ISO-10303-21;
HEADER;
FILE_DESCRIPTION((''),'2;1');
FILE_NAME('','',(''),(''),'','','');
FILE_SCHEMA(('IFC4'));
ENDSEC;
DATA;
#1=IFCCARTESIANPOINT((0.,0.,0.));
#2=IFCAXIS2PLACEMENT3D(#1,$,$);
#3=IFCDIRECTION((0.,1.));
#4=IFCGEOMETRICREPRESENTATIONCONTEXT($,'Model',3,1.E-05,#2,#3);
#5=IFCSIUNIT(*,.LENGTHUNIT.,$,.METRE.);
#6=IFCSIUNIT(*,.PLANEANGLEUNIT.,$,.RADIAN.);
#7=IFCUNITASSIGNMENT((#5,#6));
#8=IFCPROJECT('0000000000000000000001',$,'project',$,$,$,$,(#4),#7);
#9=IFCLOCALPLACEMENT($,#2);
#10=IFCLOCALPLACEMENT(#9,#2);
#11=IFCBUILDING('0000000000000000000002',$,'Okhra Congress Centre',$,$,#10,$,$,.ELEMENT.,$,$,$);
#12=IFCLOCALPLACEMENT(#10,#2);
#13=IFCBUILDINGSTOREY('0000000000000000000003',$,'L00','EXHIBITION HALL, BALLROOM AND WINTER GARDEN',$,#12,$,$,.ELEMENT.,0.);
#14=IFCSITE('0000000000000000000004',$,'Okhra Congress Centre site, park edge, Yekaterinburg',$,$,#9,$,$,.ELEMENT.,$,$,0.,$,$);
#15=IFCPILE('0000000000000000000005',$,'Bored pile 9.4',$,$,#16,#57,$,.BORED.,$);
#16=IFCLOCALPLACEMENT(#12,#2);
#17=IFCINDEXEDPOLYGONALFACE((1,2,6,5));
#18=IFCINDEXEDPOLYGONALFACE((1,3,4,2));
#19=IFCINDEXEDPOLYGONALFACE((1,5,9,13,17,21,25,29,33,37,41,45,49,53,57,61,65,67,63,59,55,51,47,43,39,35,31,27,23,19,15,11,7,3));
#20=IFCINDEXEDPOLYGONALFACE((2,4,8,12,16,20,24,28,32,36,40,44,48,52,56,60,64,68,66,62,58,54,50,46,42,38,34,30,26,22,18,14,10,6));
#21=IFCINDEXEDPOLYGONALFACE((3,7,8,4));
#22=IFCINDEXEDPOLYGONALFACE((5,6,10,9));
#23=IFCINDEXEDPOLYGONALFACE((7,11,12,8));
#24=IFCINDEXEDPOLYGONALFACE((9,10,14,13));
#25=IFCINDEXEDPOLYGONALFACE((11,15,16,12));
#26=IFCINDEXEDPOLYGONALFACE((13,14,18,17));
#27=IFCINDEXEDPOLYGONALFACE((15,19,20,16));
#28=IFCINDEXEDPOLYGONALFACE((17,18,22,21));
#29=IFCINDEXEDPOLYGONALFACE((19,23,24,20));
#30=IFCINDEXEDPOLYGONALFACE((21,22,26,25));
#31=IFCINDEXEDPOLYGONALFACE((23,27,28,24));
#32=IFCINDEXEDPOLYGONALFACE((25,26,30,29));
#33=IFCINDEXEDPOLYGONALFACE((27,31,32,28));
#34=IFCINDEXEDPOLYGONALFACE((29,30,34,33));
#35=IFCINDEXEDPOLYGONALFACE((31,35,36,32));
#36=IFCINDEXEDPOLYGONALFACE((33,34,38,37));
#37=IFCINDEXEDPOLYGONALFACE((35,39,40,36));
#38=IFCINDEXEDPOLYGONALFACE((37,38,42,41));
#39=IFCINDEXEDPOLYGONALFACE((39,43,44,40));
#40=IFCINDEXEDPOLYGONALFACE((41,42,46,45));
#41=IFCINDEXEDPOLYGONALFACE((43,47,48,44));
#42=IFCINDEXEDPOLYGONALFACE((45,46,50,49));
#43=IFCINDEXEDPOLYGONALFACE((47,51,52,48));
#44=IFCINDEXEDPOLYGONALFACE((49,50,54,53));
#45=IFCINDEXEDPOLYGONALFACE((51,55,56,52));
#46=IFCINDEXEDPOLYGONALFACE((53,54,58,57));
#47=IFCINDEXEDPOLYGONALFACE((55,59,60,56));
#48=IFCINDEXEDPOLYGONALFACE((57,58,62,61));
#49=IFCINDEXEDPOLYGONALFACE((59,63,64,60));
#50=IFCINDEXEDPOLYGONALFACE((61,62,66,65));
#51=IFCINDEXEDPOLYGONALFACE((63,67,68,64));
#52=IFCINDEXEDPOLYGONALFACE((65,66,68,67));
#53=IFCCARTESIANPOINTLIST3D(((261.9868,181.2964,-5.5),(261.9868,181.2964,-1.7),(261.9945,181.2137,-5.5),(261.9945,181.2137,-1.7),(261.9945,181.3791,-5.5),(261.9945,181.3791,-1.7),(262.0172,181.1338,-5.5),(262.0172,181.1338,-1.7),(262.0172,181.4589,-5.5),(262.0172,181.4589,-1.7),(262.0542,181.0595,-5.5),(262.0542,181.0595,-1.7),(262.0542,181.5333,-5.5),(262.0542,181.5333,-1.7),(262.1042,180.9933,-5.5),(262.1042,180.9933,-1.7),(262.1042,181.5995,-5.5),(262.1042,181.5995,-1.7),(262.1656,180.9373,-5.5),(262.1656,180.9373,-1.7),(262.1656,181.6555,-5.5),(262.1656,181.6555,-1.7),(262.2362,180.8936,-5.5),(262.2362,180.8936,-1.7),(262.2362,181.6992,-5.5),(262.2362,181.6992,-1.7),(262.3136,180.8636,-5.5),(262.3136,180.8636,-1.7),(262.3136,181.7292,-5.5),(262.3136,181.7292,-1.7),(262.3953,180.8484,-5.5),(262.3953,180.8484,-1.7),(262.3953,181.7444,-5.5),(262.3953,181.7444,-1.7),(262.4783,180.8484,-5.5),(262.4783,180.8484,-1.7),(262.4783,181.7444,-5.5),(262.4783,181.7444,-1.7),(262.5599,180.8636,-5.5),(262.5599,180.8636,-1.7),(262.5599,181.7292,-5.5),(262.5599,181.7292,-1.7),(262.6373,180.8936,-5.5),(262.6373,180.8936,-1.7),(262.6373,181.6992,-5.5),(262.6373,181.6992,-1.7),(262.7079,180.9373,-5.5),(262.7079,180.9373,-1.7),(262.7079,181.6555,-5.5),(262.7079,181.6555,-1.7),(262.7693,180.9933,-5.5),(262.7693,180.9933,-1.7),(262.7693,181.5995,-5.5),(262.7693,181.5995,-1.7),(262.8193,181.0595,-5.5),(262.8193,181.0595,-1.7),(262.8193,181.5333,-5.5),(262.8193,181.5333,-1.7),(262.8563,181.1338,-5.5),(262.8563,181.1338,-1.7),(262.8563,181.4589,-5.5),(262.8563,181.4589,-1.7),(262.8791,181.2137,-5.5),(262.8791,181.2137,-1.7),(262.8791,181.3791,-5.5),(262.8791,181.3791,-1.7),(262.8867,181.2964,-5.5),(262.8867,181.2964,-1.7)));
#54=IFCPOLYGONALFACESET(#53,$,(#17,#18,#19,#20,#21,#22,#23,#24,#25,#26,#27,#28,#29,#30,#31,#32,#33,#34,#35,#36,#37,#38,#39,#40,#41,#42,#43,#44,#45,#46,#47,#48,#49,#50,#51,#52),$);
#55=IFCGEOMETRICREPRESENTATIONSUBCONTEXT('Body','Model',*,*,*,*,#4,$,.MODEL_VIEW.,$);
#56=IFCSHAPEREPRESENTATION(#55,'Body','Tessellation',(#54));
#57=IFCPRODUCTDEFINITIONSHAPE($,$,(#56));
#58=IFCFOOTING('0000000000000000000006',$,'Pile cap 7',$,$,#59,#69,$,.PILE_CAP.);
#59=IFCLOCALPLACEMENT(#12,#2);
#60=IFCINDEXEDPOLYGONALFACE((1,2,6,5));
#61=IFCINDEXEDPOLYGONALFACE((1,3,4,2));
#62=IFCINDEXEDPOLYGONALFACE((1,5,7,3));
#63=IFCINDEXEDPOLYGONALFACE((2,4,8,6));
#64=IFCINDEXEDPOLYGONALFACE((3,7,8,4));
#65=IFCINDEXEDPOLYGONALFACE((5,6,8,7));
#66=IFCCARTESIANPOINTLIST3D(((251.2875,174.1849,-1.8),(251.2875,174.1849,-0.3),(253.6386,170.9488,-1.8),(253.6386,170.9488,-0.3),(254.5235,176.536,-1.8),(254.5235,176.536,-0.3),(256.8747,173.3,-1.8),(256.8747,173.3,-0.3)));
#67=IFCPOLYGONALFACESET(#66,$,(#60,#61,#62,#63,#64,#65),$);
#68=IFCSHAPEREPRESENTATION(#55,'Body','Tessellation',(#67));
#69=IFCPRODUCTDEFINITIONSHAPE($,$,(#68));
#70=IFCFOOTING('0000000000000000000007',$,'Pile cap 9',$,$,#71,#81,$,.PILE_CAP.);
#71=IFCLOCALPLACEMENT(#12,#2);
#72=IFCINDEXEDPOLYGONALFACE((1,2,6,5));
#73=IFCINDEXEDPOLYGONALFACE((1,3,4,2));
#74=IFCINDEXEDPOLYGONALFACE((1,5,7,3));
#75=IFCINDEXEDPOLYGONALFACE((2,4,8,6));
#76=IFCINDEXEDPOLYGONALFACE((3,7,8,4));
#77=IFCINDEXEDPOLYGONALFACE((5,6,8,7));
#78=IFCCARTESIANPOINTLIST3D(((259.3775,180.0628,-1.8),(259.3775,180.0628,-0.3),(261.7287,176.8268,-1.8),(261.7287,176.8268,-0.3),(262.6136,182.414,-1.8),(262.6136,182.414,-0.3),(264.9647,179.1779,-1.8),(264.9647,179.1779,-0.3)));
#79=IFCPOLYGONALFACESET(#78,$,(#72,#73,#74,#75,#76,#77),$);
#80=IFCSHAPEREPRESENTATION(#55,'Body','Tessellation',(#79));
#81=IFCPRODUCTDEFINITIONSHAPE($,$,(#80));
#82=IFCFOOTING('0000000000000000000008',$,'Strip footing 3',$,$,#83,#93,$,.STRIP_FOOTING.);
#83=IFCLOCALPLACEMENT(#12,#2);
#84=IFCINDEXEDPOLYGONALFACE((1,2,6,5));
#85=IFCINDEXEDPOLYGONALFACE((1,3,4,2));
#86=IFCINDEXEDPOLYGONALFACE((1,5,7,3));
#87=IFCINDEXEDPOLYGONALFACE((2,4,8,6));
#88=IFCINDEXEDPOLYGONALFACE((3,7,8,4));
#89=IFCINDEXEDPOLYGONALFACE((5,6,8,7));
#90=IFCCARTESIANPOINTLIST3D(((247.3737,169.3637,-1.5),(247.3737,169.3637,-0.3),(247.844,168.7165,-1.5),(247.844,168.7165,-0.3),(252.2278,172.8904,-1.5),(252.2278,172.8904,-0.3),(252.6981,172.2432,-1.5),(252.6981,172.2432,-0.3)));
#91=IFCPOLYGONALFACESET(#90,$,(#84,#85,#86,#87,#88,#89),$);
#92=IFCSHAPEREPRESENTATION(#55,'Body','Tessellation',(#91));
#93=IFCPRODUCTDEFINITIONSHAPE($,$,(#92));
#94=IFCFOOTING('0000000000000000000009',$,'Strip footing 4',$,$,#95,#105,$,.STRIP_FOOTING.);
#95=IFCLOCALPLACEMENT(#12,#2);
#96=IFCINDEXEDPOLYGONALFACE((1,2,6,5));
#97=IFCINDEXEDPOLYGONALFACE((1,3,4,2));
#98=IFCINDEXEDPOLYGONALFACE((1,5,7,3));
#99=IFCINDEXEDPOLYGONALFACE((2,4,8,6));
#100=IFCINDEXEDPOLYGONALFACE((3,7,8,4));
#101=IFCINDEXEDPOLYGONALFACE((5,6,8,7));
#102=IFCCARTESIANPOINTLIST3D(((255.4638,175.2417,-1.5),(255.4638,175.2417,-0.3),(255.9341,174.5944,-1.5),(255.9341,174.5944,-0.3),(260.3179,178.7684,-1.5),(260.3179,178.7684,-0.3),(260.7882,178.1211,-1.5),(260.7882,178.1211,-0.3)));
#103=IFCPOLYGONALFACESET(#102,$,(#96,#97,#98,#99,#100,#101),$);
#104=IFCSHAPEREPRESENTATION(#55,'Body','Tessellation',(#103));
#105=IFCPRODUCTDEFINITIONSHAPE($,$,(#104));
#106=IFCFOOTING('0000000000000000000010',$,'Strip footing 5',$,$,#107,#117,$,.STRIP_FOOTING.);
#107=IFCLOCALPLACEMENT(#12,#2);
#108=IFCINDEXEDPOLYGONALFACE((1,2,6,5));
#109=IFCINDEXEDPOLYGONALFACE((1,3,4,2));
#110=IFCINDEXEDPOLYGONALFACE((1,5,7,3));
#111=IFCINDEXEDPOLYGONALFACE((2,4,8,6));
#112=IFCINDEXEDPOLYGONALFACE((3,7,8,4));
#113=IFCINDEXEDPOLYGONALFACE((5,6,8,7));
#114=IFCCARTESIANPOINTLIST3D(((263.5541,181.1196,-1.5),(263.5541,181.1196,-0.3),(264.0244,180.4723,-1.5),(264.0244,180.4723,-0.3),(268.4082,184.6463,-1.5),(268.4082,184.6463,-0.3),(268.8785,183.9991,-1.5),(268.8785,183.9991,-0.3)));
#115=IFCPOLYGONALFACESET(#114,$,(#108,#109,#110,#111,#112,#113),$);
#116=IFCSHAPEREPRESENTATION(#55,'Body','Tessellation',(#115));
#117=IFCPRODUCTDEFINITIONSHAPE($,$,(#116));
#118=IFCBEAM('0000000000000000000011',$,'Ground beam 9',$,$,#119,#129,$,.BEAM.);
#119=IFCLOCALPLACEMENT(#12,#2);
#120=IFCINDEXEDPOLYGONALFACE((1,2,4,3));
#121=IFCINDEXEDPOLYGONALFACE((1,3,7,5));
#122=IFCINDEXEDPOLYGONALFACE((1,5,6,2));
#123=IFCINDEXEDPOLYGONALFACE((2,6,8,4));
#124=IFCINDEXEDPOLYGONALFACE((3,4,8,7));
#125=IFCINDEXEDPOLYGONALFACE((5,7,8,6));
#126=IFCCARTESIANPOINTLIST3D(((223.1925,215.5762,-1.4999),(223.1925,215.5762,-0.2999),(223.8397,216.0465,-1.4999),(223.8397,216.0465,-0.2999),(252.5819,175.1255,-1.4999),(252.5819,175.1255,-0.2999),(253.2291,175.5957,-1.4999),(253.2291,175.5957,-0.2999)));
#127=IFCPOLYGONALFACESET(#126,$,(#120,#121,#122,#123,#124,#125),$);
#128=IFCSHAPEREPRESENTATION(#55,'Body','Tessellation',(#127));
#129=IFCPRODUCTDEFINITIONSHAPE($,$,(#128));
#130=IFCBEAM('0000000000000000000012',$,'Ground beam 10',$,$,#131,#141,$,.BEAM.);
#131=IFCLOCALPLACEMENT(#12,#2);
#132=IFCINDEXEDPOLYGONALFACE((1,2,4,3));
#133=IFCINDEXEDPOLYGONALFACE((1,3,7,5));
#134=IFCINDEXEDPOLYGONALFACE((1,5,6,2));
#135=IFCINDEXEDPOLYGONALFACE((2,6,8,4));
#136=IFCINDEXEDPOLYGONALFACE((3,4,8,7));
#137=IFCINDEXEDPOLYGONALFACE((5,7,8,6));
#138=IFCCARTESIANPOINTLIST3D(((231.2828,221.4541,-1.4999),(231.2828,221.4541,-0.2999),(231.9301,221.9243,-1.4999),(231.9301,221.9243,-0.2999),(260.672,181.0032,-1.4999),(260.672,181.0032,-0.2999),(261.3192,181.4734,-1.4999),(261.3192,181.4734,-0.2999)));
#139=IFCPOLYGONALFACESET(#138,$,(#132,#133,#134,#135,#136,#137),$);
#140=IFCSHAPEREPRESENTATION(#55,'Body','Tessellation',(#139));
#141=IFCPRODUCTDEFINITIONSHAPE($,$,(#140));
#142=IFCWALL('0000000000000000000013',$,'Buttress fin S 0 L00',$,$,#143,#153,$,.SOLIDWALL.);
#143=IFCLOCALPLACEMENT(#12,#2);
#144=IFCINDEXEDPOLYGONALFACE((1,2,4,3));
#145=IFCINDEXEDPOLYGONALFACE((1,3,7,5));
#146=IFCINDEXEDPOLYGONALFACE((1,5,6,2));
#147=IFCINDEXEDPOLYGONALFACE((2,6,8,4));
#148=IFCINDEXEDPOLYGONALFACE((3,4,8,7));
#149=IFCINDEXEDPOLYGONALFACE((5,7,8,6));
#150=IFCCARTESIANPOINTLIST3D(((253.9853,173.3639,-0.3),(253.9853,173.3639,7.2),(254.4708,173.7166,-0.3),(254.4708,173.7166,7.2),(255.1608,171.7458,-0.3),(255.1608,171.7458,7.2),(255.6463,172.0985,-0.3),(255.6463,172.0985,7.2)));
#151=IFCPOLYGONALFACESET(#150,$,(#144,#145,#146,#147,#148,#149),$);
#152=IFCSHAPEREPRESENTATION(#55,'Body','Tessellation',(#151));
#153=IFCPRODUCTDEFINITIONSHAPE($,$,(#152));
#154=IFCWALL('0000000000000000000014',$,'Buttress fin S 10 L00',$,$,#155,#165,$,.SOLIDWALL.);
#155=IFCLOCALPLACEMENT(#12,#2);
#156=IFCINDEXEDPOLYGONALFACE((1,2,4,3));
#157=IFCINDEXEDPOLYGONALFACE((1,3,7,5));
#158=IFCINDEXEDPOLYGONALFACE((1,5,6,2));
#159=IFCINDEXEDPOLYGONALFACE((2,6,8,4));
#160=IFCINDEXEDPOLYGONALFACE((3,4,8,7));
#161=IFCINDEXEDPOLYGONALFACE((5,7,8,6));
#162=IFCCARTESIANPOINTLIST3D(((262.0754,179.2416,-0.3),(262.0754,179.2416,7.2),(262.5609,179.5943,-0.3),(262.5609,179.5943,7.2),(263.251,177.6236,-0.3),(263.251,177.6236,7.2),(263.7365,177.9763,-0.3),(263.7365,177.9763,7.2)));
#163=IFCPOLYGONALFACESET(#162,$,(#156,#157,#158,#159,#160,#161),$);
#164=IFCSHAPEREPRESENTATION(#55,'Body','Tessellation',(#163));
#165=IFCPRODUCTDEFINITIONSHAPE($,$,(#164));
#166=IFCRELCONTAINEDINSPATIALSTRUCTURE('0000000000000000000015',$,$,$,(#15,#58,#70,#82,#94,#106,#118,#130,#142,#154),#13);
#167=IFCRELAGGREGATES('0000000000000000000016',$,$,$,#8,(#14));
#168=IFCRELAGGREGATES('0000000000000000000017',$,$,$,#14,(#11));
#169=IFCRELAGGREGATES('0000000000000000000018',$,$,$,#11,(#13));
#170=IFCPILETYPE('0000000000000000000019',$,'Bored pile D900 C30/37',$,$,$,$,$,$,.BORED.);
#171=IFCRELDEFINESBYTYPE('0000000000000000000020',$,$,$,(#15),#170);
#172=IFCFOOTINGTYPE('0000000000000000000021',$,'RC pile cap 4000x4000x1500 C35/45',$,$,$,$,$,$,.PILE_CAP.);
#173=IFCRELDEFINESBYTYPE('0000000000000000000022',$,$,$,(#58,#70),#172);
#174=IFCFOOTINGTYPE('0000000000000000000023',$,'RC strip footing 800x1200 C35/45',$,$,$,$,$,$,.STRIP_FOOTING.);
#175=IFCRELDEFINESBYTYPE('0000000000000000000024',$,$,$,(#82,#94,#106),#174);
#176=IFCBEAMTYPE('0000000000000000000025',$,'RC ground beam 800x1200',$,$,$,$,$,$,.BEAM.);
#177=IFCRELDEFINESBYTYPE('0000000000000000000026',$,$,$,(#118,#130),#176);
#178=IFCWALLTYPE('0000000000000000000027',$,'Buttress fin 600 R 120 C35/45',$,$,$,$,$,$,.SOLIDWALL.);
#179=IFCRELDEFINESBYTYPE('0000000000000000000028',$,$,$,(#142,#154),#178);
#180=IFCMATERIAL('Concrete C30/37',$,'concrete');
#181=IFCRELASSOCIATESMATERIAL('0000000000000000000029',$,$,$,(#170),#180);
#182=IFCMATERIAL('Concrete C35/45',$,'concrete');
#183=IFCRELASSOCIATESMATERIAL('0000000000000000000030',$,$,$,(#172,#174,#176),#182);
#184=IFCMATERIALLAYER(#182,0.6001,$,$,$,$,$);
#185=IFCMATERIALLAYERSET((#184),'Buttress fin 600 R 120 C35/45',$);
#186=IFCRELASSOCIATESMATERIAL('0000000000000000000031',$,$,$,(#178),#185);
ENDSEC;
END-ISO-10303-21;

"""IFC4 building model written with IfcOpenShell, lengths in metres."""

from ifc_helpers import new_model, si_unit, direction, frame, frame_2d, origin, origin_2d, place, context, subcontext, project, spatial, rectangle, circle, extrude, material, layer, layer_set, material_profile, profile_set, type_object, element, save


model = new_model("IFC4")

# Units and contexts
model_context = context("Model", 3, precision=1e-05, world=origin(), true_north=direction((0.0, 1.0)))
body_context = subcontext(model_context, "Body", "Model", "MODEL_VIEW")
ifc_project = project(units=[si_unit("LENGTHUNIT", "METRE"), si_unit("PLANEANGLEUNIT", "RADIAN")], contexts=[model_context])

# Site, building, storey
site_placement = place(None, origin())
site = spatial("IfcSite", under=ifc_project, at=site_placement, Name="Okhra Congress Centre site, park edge, Yekaterinburg", CompositionType="ELEMENT", RefElevation=0.0)
building_placement = place(site_placement, origin())
building = spatial("IfcBuilding", under=site, at=building_placement, Name="Okhra Congress Centre", CompositionType="ELEMENT")
storey_placement = place(building_placement, origin())
storey = spatial("IfcBuildingStorey", under=building, at=storey_placement, Name="L00", Description="EXHIBITION HALL, BALLROOM AND WINTER GARDEN", CompositionType="ELEMENT", Elevation=0.0)

# Pile
ifc_material_1 = material(Name="Concrete C30/37", Category="concrete")
ifc_material_profile_1 = material_profile(ifc_material_1, circle(Radius=0.45, at=origin_2d()), Name="D900")
ifc_profile_set_1 = profile_set([ifc_material_profile_1], Name="Concrete C30/37")
pile_type = type_object("IfcPileType", Name="Bored pile D900 C30/37", PredefinedType="BORED", material=ifc_profile_set_1)
for number, where, z_axis, x_axis, name in (
    (1, (262.4368, 181.2964, -1.7), (0.0, 0.0, -1.0), (1.0, 0.0, 0.0), "Bored pile 9.4"),
):
    element("IfcPile", number, at=place(storey_placement, frame(where, z_axis=z_axis, x_axis=x_axis)), inside=storey, type_object=pile_type, Name=name, PredefinedType="BORED", context=body_context, shape_type="SweptSolid", body=[
        extrude(circle(Radius=0.45, at=origin_2d()), origin(), (0.0, 0.0, 1.0), 3.8),
    ])

# Footings
ifc_material_2 = material(Name="Concrete C35/45", Category="concrete")
footing_type_1 = type_object("IfcFootingType", Name="RC pile cap 4000x4000x1500 C35/45", PredefinedType="PILE_CAP", material=ifc_material_2)
for number, where, z_axis, x_axis, name in (
    (2, (254.0811, 173.7424, -1.8), (0.0, 0.0, 1.0), (0.809017, 0.587785, 0.0), "Pile cap 7"),
    (3, (262.1711, 179.6204, -1.8), (0.0, 0.0, 1.0), (0.809017, 0.587785, 0.0), "Pile cap 9"),
):
    element("IfcFooting", number, at=place(storey_placement, frame(where, z_axis=z_axis, x_axis=x_axis)), inside=storey, type_object=footing_type_1, Name=name, PredefinedType="PILE_CAP", context=body_context, shape_type="SweptSolid", body=[
        extrude(rectangle(XDim=4.0, YDim=4.0, at=origin_2d()), origin(), (0.0, 0.0, 1.0), 1.5),
    ])
footing_type_2 = type_object("IfcFootingType", Name="RC strip footing 800x1200 C35/45", PredefinedType="STRIP_FOOTING", material=ifc_material_2)
for number, where, z_axis, x_axis, name in (
    (4, (250.0359, 170.8035, -1.5), (0.0, 0.0, 1.0), (0.809017, 0.587785, 0.0), "Strip footing 3"),
    (5, (258.126, 176.6814, -1.5), (0.0, 0.0, 1.0), (0.809017, 0.587785, 0.0), "Strip footing 4"),
    (6, (266.2163, 182.5593, -1.5), (0.0, 0.0, 1.0), (0.809017, 0.587785, 0.0), "Strip footing 5"),
):
    element("IfcFooting", number, at=place(storey_placement, frame(where, z_axis=z_axis, x_axis=x_axis)), inside=storey, type_object=footing_type_2, Name=name, PredefinedType="STRIP_FOOTING", context=body_context, shape_type="SweptSolid", body=[
        extrude(rectangle(XDim=6.0, YDim=0.8, at=origin_2d()), origin(), (0.0, 0.0, 1.0), 1.2),
    ])

# Beams
ifc_material_profile_2 = material_profile(ifc_material_2, rectangle(XDim=0.8, YDim=1.2, at=origin_2d()), Name="RC ground beam 800x1200")
ifc_profile_set_2 = profile_set([ifc_material_profile_2], Name="Concrete C35/45")
beam_type = type_object("IfcBeamType", Name="RC ground beam 800x1200", PredefinedType="BEAM", material=ifc_profile_set_2)
for number, where, z_axis, x_axis, name in (
    (7, (252.9055, 175.3606, -0.8999), (-0.587789, 0.809014, 0.0), (-0.809014, -0.587789, 0.0), "Ground beam 9"),
    (8, (260.9956, 181.2383, -0.8999), (-0.587783, 0.809019, 0.0), (-0.809019, -0.587783, 0.0), "Ground beam 10"),
):
    element("IfcBeam", number, at=place(storey_placement, frame(where, z_axis=z_axis, x_axis=x_axis)), inside=storey, type_object=beam_type, Name=name, PredefinedType="BEAM", context=body_context, shape_type="SweptSolid", body=[
        extrude(rectangle(XDim=0.8, YDim=1.2, at=origin_2d()), origin(), (0.0, 0.0, 1.0), 50.0),
    ])

# Walls
ifc_layer_1 = layer(ifc_material_2, 0.6001)
ifc_layer_set_1 = layer_set([ifc_layer_1], Name="Buttress fin 600 R 120 C35/45")
wall_type_1 = type_object("IfcWallType", Name="Buttress fin 600 R 120 C35/45", PredefinedType="SOLIDWALL", material=ifc_layer_set_1)
for number, where, z_axis, x_axis, name in (
    (9, (254.228, 173.5403, -0.3), (0.0, 0.0, 1.0), (0.587743, -0.809047, 0.0), "Buttress fin S 0 L00"),
    (10, (262.3181, 179.418, -0.3), (0.0, 0.0, 1.0), (0.587801, -0.809005, 0.0), "Buttress fin S 10 L00"),
):
    element("IfcWall", number, at=place(storey_placement, frame(where, z_axis=z_axis, x_axis=x_axis)), inside=storey, type_object=wall_type_1, Name=name, PredefinedType="SOLIDWALL", context=body_context, shape_type="SweptSolid", body=[
        extrude(rectangle(XDim=2.0, YDim=0.6001, at=frame_2d((1.0, 0.0))), origin(), (0.0, 0.0, 1.0), 7.5),
    ])

save(model, "model.ifc")
